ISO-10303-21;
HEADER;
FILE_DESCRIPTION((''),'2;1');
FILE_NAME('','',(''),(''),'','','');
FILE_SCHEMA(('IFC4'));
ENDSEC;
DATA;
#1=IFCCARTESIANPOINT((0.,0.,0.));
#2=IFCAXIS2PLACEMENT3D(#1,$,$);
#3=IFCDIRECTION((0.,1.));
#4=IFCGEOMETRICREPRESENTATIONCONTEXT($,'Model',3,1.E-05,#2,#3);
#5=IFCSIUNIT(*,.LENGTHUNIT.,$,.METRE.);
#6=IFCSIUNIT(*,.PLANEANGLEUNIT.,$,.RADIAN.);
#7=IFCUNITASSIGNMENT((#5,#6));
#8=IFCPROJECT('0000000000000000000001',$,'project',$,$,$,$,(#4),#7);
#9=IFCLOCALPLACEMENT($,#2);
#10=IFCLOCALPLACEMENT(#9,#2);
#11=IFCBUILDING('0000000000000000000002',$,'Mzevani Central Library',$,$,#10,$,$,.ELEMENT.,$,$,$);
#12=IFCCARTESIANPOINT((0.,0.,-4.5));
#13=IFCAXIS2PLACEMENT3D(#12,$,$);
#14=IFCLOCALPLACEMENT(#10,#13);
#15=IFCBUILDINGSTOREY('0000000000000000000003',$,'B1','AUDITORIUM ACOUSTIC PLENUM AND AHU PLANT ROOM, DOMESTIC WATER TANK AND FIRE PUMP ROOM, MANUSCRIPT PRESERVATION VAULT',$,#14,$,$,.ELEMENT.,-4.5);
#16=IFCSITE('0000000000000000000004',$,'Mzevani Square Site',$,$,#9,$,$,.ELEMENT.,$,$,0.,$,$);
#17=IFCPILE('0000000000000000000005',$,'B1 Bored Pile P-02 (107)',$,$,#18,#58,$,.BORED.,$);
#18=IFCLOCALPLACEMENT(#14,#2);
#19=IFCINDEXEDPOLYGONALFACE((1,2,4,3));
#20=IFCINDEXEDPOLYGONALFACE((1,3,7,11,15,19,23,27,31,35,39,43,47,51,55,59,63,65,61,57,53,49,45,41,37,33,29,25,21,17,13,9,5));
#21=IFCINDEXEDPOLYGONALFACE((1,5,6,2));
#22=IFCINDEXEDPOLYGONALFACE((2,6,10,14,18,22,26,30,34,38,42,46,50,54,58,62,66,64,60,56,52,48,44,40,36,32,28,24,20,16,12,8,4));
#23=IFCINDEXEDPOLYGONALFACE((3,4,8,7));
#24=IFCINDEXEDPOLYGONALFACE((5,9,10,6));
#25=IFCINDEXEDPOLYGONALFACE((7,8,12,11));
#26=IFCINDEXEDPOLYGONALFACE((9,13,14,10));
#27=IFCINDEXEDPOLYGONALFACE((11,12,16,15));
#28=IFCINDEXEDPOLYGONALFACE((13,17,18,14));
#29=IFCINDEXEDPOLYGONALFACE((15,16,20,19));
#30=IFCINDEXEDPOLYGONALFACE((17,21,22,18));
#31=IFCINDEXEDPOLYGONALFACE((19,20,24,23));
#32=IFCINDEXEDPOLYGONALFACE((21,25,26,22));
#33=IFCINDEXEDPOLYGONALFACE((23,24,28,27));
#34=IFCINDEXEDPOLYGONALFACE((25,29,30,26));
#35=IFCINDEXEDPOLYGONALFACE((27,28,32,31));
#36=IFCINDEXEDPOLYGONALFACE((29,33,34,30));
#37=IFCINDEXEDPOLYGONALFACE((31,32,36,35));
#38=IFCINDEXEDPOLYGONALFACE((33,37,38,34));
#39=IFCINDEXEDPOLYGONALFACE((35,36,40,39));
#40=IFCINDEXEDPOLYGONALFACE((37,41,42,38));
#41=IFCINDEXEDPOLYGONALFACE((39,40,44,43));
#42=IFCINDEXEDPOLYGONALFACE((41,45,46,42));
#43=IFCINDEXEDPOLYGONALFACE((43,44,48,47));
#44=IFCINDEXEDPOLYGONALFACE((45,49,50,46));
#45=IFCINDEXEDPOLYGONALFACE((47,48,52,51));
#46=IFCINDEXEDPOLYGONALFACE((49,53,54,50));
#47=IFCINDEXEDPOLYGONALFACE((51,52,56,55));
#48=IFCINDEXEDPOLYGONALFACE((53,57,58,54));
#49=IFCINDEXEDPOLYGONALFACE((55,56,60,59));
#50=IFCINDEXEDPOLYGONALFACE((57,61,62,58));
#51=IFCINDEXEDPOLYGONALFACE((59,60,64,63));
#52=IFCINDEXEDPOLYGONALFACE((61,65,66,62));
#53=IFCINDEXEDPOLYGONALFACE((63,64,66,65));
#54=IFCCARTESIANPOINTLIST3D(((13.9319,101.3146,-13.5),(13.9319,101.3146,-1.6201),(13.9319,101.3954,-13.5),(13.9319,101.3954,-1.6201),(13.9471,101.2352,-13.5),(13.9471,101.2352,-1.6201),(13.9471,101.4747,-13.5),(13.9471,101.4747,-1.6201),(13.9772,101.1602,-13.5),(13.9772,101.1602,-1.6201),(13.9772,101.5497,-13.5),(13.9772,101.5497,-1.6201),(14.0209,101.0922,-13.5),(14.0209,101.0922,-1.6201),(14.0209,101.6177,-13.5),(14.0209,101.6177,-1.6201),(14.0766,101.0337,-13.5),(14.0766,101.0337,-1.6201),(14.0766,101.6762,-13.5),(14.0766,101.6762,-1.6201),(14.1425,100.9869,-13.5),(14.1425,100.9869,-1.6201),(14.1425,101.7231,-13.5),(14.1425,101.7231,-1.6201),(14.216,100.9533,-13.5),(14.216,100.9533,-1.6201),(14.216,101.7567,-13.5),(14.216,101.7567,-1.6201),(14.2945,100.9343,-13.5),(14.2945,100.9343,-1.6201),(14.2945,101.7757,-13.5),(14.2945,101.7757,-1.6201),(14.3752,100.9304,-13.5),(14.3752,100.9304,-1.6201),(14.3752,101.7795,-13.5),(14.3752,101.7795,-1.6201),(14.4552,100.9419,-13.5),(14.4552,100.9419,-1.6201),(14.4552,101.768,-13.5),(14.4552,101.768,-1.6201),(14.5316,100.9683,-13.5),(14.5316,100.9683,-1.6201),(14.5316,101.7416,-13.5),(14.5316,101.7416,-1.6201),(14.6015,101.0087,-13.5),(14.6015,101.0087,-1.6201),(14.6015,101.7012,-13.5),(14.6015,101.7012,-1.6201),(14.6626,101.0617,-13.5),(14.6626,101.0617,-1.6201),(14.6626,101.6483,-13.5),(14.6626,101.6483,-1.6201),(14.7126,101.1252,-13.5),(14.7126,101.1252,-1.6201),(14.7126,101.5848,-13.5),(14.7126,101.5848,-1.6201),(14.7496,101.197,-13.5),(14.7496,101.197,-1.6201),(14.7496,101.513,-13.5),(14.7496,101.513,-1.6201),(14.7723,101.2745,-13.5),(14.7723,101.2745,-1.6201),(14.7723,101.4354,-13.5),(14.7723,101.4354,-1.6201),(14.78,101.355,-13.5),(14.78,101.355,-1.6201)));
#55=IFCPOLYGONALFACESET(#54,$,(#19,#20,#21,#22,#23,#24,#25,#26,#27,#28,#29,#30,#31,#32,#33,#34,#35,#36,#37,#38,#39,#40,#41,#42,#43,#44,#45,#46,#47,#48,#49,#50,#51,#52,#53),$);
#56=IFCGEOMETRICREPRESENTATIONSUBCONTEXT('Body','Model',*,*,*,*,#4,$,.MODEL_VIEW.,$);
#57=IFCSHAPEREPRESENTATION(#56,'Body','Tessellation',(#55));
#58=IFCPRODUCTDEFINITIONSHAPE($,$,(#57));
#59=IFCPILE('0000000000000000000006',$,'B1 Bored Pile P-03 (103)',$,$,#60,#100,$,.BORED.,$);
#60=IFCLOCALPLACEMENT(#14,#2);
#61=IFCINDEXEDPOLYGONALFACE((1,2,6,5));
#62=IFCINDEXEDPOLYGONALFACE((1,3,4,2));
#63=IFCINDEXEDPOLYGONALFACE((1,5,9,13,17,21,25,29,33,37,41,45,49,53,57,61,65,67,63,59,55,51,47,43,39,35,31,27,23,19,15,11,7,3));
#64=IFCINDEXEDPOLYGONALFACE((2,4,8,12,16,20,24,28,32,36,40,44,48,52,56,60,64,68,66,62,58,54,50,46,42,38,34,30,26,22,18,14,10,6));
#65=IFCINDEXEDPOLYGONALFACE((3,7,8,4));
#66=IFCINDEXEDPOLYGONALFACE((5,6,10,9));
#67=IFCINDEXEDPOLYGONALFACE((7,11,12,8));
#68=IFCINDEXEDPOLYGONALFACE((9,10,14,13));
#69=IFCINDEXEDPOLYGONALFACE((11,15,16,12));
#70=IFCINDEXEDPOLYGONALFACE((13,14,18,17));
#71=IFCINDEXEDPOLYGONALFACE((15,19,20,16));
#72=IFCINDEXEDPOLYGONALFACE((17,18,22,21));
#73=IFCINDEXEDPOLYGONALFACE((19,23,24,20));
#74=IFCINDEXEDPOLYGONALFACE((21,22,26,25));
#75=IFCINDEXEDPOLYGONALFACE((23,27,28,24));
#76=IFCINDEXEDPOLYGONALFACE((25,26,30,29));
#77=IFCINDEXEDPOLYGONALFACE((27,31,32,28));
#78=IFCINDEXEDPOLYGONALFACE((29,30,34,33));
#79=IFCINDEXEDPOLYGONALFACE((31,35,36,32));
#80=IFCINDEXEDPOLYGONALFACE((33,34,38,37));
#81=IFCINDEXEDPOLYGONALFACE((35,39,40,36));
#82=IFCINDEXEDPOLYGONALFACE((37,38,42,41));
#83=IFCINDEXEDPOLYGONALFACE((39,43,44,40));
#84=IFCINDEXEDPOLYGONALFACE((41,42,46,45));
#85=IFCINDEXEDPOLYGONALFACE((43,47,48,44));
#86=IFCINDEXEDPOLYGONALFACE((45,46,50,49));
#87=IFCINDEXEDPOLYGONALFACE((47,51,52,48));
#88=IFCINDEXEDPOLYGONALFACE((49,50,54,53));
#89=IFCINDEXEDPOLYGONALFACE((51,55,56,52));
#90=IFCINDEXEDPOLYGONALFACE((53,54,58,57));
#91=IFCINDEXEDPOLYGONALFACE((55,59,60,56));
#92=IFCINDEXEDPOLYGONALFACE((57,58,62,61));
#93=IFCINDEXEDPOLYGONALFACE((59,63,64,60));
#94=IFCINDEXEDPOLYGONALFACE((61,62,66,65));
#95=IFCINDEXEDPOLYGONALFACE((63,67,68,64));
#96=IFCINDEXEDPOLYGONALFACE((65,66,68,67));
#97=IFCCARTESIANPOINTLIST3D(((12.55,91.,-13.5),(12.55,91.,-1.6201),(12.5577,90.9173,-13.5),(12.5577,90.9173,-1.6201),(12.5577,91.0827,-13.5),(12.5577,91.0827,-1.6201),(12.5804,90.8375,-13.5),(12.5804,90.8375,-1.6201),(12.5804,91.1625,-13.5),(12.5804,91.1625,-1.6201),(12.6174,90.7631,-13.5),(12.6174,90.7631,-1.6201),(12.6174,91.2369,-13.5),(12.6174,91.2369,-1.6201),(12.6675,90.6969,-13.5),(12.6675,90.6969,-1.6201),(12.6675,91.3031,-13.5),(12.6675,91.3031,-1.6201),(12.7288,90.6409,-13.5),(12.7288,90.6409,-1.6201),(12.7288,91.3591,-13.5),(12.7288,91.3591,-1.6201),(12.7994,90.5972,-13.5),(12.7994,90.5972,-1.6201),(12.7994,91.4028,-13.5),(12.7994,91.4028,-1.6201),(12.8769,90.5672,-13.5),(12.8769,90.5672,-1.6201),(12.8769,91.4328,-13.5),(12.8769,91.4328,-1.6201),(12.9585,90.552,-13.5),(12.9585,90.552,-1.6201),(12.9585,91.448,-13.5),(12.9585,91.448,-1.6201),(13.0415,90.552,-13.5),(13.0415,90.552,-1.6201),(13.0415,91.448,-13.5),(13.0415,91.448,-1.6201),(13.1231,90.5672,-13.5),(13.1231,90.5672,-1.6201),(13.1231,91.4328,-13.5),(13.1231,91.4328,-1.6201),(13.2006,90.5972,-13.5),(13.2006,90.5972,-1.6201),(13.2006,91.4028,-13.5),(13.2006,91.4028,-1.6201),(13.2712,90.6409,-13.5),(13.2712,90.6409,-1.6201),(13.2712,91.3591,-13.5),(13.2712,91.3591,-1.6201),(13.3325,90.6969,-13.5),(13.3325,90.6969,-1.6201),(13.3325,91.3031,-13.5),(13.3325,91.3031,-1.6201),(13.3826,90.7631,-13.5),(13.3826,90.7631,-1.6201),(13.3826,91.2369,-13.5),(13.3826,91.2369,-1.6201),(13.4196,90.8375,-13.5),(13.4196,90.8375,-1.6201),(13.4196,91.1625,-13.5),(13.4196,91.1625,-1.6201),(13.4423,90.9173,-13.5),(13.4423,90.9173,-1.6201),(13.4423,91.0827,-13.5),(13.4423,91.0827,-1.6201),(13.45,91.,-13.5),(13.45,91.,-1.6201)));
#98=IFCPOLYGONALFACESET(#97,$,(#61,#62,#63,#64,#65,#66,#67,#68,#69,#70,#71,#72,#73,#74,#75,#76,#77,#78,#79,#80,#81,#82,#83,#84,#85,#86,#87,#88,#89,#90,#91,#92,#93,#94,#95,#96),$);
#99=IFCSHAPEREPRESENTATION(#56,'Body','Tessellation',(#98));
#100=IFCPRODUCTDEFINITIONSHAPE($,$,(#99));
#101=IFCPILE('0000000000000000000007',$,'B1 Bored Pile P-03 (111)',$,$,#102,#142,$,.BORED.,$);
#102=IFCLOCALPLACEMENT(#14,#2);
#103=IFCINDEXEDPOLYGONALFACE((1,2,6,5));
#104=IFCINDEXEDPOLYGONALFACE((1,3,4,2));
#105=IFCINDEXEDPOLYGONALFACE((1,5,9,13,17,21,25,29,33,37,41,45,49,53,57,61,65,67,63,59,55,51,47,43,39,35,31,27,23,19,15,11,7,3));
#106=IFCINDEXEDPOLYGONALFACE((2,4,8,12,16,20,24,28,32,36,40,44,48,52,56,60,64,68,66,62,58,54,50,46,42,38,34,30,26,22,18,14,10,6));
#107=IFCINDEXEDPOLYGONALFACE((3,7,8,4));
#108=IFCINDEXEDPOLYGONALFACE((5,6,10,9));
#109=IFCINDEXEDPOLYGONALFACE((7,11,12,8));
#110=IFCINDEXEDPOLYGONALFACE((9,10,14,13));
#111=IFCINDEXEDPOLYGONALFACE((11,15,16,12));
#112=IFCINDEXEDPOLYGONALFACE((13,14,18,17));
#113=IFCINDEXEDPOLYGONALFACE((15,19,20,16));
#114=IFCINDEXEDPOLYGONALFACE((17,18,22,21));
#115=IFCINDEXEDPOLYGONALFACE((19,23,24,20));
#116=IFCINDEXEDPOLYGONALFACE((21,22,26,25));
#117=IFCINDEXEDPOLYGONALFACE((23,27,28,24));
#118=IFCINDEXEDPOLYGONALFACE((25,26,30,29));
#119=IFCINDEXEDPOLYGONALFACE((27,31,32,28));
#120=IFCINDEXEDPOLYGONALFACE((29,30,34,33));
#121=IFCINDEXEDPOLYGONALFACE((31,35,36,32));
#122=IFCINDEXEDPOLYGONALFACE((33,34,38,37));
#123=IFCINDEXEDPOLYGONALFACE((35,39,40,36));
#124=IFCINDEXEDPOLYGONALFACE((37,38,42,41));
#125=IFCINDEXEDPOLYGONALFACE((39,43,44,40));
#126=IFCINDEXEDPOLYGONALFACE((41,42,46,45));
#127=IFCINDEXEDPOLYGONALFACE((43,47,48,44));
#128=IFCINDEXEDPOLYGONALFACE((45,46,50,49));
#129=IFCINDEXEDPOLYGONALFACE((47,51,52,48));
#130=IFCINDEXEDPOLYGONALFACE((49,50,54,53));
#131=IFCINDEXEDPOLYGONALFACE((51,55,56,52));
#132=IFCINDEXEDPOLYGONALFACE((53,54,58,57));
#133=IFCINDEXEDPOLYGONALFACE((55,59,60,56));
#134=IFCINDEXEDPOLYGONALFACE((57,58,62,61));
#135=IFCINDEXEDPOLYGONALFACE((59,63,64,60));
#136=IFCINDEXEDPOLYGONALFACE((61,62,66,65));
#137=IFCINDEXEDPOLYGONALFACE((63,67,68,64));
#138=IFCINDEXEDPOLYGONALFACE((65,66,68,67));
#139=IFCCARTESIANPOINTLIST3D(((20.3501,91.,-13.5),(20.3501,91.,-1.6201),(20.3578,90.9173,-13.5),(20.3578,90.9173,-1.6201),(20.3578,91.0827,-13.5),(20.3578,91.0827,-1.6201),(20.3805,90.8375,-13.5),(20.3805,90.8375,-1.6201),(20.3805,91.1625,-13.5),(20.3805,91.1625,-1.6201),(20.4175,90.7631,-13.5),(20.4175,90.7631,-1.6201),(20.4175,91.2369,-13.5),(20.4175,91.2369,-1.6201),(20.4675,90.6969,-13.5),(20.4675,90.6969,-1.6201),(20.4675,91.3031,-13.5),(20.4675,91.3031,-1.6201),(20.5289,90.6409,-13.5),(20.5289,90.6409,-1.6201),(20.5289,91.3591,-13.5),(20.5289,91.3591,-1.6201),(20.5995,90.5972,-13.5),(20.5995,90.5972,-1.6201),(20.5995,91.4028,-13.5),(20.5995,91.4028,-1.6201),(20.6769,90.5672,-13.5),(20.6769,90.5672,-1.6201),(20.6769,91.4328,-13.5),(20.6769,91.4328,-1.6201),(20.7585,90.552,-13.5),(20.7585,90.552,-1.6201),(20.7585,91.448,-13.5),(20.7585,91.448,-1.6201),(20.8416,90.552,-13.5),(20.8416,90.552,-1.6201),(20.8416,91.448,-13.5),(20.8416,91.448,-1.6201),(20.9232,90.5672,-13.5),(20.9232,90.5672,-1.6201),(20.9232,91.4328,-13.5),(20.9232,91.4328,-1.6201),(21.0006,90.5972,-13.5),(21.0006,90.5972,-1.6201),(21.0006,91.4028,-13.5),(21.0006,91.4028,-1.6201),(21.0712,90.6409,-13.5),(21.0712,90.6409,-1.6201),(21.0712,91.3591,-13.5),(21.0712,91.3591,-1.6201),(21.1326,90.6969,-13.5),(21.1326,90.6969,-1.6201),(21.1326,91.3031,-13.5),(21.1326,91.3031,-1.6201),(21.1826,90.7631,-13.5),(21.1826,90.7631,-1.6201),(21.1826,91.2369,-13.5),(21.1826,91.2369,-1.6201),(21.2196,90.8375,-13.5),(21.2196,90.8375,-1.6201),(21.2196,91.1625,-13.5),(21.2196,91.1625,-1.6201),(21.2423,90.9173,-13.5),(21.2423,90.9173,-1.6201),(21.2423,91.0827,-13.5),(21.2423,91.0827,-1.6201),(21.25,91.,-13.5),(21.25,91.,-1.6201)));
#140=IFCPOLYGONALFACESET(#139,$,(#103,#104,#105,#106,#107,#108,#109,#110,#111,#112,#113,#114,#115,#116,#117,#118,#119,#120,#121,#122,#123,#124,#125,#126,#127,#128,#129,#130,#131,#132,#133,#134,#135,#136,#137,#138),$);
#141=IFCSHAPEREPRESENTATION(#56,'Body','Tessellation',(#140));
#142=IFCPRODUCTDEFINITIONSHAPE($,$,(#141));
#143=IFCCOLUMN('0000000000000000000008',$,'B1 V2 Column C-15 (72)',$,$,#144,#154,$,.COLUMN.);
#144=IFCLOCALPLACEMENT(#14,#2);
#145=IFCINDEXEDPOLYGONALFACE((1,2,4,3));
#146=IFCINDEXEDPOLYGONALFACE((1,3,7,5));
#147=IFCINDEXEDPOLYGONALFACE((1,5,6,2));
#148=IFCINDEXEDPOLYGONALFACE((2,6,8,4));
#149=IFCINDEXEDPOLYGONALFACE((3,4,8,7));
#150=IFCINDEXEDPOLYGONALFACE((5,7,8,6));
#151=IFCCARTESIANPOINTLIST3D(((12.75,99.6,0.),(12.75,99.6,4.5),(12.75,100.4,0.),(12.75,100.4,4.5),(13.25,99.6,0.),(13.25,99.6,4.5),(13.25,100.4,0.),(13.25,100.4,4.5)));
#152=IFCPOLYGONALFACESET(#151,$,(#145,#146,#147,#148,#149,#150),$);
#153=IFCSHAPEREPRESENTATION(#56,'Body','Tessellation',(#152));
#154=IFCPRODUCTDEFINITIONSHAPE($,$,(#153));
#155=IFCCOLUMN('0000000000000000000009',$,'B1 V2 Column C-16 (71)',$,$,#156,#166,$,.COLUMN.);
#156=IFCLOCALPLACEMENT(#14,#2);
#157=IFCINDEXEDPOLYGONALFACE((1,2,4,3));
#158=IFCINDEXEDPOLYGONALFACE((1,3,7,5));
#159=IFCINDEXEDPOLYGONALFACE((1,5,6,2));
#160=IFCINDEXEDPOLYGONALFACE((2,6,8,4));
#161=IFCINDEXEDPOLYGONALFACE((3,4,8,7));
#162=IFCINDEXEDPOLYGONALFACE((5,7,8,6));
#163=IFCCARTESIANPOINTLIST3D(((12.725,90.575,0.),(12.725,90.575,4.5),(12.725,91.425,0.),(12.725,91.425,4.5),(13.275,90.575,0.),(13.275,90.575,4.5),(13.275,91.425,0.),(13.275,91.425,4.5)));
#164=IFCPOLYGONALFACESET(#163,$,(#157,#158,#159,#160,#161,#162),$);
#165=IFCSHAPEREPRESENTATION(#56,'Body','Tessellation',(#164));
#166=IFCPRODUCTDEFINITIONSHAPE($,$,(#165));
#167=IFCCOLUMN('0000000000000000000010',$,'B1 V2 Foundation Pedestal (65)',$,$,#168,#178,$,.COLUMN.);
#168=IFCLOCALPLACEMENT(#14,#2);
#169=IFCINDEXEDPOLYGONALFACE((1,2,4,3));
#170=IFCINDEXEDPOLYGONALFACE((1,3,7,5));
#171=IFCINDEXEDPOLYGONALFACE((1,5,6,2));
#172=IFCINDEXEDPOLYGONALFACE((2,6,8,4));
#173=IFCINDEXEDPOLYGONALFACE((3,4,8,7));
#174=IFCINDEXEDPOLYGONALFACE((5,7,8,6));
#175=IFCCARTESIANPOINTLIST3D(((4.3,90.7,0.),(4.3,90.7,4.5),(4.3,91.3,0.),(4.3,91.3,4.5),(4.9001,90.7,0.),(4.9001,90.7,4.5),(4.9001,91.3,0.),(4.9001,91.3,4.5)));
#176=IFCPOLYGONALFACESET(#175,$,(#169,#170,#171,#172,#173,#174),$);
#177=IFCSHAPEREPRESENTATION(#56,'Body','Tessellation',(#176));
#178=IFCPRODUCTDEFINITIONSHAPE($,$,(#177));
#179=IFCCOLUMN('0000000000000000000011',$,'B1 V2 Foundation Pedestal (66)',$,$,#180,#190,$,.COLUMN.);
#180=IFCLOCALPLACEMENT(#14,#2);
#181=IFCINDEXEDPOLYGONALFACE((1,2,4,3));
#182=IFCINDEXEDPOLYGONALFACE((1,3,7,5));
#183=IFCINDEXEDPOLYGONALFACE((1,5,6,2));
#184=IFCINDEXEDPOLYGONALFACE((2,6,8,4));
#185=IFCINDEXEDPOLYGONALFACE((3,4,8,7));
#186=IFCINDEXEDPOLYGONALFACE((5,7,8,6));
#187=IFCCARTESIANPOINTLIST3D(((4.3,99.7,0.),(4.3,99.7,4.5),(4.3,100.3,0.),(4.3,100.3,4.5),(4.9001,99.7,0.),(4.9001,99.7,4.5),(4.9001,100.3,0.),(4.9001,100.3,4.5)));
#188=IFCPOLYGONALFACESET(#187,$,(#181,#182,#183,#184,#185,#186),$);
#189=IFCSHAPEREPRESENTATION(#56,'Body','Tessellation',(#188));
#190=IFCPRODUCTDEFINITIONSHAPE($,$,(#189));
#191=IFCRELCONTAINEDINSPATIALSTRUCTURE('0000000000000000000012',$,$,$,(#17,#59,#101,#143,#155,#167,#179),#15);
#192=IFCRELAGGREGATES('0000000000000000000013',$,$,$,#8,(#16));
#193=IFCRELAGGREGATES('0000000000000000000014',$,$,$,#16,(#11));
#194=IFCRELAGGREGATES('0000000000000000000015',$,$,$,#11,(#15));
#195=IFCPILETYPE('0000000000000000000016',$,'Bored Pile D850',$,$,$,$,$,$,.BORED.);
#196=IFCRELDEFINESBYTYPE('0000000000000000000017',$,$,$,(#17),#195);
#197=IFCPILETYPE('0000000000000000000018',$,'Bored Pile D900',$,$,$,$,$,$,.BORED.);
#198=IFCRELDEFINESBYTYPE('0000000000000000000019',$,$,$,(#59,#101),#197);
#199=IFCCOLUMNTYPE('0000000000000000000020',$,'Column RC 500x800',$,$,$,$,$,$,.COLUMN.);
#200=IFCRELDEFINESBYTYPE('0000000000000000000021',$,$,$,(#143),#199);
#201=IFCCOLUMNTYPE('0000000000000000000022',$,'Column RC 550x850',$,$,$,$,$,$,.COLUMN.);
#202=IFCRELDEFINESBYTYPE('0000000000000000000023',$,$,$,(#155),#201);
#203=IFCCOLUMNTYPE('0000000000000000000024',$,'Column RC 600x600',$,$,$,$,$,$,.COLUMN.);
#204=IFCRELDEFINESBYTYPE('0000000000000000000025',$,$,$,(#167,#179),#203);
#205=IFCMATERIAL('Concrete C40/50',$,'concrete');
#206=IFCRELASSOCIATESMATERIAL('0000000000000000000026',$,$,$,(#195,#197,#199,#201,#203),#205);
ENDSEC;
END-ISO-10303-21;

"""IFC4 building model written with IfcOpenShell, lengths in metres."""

from ifc_helpers import new_model, si_unit, direction, frame, origin, origin_2d, place, context, subcontext, project, spatial, rectangle, circle, extrude, material, material_profile, profile_set, type_object, element, save


model = new_model("IFC4")

# Units and contexts
model_context = context("Model", 3, precision=1e-05, world=origin(), true_north=direction((0.0, 1.0)))
body_context = subcontext(model_context, "Body", "Model", "MODEL_VIEW")
ifc_project = project(units=[si_unit("LENGTHUNIT", "METRE"), si_unit("PLANEANGLEUNIT", "RADIAN")], contexts=[model_context])

# Site, building, storey
site_placement = place(None, origin())
site = spatial("IfcSite", under=ifc_project, at=site_placement, Name="Mzevani Square Site", CompositionType="ELEMENT", RefElevation=0.0)
building_placement = place(site_placement, origin())
building = spatial("IfcBuilding", under=site, at=building_placement, Name="Mzevani Central Library", CompositionType="ELEMENT")
storey_placement = place(building_placement, frame((0.0, 0.0, -4.5)))
storey = spatial("IfcBuildingStorey", under=building, at=storey_placement, Name="B1", Description="AUDITORIUM ACOUSTIC PLENUM AND AHU PLANT ROOM, DOMESTIC WATER TANK AND FIRE PUMP ROOM, MANUSCRIPT PRESERVATION VAULT", CompositionType="ELEMENT", Elevation=-4.5)

# Piles
ifc_material_1 = material(Name="Concrete C40/50", Category="concrete")
ifc_material_profile_1 = material_profile(ifc_material_1, circle(Radius=0.425, at=origin_2d()), Name="PILE D850")
ifc_profile_set_1 = profile_set([ifc_material_profile_1], Name="Concrete C40/50")
pile_type_1 = type_object("IfcPileType", Name="Bored Pile D850", PredefinedType="BORED", material=ifc_profile_set_1)
for number, where, z_axis, x_axis, name in (
    (1, (14.355, 101.355, -1.6201), (0.0, 0.0, -1.0), (1.0, 0.0, 0.0), "B1 Bored Pile P-02 (107)"),
):
    element("IfcPile", number, at=place(storey_placement, frame(where, z_axis=z_axis, x_axis=x_axis)), inside=storey, type_object=pile_type_1, Name=name, PredefinedType="BORED", context=body_context, shape_type="SweptSolid", body=[
        extrude(circle(Radius=0.425, at=origin_2d()), origin(), (0.0, 0.0, 1.0), 11.8799),
    ])
ifc_material_profile_2 = material_profile(ifc_material_1, circle(Radius=0.45, at=origin_2d()), Name="PILE D900")
ifc_profile_set_2 = profile_set([ifc_material_profile_2], Name="Concrete C40/50")
pile_type_2 = type_object("IfcPileType", Name="Bored Pile D900", PredefinedType="BORED", material=ifc_profile_set_2)
for number, where, z_axis, x_axis, name in (
    (2, (13.0, 91.0, -1.6201), (0.0, 0.0, -1.0), (1.0, 0.0, 0.0), "B1 Bored Pile P-03 (103)"),
    (3, (20.8, 91.0, -1.6201), (0.0, 0.0, -1.0), (1.0, 0.0, 0.0), "B1 Bored Pile P-03 (111)"),
):
    element("IfcPile", number, at=place(storey_placement, frame(where, z_axis=z_axis, x_axis=x_axis)), inside=storey, type_object=pile_type_2, Name=name, PredefinedType="BORED", context=body_context, shape_type="SweptSolid", body=[
        extrude(circle(Radius=0.45, at=origin_2d()), origin(), (0.0, 0.0, 1.0), 11.8799),
    ])

# Columns
ifc_material_profile_3 = material_profile(ifc_material_1, rectangle(XDim=0.5, YDim=0.8, at=origin_2d()), Name="RC 500x800")
ifc_profile_set_3 = profile_set([ifc_material_profile_3], Name="Concrete C40/50")
column_type_1 = type_object("IfcColumnType", Name="Column RC 500x800", PredefinedType="COLUMN", material=ifc_profile_set_3)
column_1_placement = place(storey_placement, frame((13.0, 100.0, 0.0), z_axis=(0.0, 0.0, 1.0), x_axis=(1.0, 0.0, 0.0)))
element("IfcColumn", 4, at=column_1_placement, inside=storey, type_object=column_type_1, Name="B1 V2 Column C-15 (72)", PredefinedType="COLUMN", context=body_context, shape_type="SweptSolid", body=[
    extrude(rectangle(XDim=0.5, YDim=0.8, at=origin_2d()), origin(), (0.0, 0.0, 1.0), 4.5),
])
ifc_material_profile_4 = material_profile(ifc_material_1, rectangle(XDim=0.55, YDim=0.8501, at=origin_2d()), Name="RC 550x850")
ifc_profile_set_4 = profile_set([ifc_material_profile_4], Name="Concrete C40/50")
column_type_2 = type_object("IfcColumnType", Name="Column RC 550x850", PredefinedType="COLUMN", material=ifc_profile_set_4)
column_2_placement = place(storey_placement, frame((13.0, 91.0, 0.0), z_axis=(0.0, 0.0, 1.0), x_axis=(1.0, 0.0, 0.0)))
element("IfcColumn", 5, at=column_2_placement, inside=storey, type_object=column_type_2, Name="B1 V2 Column C-16 (71)", PredefinedType="COLUMN", context=body_context, shape_type="SweptSolid", body=[
    extrude(rectangle(XDim=0.55, YDim=0.8501, at=origin_2d()), origin(), (0.0, 0.0, 1.0), 4.5),
])
ifc_material_profile_5 = material_profile(ifc_material_1, rectangle(XDim=0.6001, YDim=0.6001, at=origin_2d()), Name="RC 600x600")
ifc_profile_set_5 = profile_set([ifc_material_profile_5], Name="Concrete C40/50")
column_type_3 = type_object("IfcColumnType", Name="Column RC 600x600", PredefinedType="COLUMN", material=ifc_profile_set_5)
for number, where, z_axis, x_axis, name in (
    (6, (4.6001, 91.0, 0.0), (0.0, 0.0, 1.0), (1.0, 0.0, 0.0), "B1 V2 Foundation Pedestal (65)"),
    (7, (4.6001, 100.0, 0.0), (0.0, 0.0, 1.0), (1.0, 0.0, 0.0), "B1 V2 Foundation Pedestal (66)"),
):
    element("IfcColumn", number, at=place(storey_placement, frame(where, z_axis=z_axis, x_axis=x_axis)), inside=storey, type_object=column_type_3, Name=name, PredefinedType="COLUMN", context=body_context, shape_type="SweptSolid", body=[
        extrude(rectangle(XDim=0.6001, YDim=0.6001, at=origin_2d()), origin(), (0.0, 0.0, 1.0), 4.5),
    ])

save(model, "model.ifc")
